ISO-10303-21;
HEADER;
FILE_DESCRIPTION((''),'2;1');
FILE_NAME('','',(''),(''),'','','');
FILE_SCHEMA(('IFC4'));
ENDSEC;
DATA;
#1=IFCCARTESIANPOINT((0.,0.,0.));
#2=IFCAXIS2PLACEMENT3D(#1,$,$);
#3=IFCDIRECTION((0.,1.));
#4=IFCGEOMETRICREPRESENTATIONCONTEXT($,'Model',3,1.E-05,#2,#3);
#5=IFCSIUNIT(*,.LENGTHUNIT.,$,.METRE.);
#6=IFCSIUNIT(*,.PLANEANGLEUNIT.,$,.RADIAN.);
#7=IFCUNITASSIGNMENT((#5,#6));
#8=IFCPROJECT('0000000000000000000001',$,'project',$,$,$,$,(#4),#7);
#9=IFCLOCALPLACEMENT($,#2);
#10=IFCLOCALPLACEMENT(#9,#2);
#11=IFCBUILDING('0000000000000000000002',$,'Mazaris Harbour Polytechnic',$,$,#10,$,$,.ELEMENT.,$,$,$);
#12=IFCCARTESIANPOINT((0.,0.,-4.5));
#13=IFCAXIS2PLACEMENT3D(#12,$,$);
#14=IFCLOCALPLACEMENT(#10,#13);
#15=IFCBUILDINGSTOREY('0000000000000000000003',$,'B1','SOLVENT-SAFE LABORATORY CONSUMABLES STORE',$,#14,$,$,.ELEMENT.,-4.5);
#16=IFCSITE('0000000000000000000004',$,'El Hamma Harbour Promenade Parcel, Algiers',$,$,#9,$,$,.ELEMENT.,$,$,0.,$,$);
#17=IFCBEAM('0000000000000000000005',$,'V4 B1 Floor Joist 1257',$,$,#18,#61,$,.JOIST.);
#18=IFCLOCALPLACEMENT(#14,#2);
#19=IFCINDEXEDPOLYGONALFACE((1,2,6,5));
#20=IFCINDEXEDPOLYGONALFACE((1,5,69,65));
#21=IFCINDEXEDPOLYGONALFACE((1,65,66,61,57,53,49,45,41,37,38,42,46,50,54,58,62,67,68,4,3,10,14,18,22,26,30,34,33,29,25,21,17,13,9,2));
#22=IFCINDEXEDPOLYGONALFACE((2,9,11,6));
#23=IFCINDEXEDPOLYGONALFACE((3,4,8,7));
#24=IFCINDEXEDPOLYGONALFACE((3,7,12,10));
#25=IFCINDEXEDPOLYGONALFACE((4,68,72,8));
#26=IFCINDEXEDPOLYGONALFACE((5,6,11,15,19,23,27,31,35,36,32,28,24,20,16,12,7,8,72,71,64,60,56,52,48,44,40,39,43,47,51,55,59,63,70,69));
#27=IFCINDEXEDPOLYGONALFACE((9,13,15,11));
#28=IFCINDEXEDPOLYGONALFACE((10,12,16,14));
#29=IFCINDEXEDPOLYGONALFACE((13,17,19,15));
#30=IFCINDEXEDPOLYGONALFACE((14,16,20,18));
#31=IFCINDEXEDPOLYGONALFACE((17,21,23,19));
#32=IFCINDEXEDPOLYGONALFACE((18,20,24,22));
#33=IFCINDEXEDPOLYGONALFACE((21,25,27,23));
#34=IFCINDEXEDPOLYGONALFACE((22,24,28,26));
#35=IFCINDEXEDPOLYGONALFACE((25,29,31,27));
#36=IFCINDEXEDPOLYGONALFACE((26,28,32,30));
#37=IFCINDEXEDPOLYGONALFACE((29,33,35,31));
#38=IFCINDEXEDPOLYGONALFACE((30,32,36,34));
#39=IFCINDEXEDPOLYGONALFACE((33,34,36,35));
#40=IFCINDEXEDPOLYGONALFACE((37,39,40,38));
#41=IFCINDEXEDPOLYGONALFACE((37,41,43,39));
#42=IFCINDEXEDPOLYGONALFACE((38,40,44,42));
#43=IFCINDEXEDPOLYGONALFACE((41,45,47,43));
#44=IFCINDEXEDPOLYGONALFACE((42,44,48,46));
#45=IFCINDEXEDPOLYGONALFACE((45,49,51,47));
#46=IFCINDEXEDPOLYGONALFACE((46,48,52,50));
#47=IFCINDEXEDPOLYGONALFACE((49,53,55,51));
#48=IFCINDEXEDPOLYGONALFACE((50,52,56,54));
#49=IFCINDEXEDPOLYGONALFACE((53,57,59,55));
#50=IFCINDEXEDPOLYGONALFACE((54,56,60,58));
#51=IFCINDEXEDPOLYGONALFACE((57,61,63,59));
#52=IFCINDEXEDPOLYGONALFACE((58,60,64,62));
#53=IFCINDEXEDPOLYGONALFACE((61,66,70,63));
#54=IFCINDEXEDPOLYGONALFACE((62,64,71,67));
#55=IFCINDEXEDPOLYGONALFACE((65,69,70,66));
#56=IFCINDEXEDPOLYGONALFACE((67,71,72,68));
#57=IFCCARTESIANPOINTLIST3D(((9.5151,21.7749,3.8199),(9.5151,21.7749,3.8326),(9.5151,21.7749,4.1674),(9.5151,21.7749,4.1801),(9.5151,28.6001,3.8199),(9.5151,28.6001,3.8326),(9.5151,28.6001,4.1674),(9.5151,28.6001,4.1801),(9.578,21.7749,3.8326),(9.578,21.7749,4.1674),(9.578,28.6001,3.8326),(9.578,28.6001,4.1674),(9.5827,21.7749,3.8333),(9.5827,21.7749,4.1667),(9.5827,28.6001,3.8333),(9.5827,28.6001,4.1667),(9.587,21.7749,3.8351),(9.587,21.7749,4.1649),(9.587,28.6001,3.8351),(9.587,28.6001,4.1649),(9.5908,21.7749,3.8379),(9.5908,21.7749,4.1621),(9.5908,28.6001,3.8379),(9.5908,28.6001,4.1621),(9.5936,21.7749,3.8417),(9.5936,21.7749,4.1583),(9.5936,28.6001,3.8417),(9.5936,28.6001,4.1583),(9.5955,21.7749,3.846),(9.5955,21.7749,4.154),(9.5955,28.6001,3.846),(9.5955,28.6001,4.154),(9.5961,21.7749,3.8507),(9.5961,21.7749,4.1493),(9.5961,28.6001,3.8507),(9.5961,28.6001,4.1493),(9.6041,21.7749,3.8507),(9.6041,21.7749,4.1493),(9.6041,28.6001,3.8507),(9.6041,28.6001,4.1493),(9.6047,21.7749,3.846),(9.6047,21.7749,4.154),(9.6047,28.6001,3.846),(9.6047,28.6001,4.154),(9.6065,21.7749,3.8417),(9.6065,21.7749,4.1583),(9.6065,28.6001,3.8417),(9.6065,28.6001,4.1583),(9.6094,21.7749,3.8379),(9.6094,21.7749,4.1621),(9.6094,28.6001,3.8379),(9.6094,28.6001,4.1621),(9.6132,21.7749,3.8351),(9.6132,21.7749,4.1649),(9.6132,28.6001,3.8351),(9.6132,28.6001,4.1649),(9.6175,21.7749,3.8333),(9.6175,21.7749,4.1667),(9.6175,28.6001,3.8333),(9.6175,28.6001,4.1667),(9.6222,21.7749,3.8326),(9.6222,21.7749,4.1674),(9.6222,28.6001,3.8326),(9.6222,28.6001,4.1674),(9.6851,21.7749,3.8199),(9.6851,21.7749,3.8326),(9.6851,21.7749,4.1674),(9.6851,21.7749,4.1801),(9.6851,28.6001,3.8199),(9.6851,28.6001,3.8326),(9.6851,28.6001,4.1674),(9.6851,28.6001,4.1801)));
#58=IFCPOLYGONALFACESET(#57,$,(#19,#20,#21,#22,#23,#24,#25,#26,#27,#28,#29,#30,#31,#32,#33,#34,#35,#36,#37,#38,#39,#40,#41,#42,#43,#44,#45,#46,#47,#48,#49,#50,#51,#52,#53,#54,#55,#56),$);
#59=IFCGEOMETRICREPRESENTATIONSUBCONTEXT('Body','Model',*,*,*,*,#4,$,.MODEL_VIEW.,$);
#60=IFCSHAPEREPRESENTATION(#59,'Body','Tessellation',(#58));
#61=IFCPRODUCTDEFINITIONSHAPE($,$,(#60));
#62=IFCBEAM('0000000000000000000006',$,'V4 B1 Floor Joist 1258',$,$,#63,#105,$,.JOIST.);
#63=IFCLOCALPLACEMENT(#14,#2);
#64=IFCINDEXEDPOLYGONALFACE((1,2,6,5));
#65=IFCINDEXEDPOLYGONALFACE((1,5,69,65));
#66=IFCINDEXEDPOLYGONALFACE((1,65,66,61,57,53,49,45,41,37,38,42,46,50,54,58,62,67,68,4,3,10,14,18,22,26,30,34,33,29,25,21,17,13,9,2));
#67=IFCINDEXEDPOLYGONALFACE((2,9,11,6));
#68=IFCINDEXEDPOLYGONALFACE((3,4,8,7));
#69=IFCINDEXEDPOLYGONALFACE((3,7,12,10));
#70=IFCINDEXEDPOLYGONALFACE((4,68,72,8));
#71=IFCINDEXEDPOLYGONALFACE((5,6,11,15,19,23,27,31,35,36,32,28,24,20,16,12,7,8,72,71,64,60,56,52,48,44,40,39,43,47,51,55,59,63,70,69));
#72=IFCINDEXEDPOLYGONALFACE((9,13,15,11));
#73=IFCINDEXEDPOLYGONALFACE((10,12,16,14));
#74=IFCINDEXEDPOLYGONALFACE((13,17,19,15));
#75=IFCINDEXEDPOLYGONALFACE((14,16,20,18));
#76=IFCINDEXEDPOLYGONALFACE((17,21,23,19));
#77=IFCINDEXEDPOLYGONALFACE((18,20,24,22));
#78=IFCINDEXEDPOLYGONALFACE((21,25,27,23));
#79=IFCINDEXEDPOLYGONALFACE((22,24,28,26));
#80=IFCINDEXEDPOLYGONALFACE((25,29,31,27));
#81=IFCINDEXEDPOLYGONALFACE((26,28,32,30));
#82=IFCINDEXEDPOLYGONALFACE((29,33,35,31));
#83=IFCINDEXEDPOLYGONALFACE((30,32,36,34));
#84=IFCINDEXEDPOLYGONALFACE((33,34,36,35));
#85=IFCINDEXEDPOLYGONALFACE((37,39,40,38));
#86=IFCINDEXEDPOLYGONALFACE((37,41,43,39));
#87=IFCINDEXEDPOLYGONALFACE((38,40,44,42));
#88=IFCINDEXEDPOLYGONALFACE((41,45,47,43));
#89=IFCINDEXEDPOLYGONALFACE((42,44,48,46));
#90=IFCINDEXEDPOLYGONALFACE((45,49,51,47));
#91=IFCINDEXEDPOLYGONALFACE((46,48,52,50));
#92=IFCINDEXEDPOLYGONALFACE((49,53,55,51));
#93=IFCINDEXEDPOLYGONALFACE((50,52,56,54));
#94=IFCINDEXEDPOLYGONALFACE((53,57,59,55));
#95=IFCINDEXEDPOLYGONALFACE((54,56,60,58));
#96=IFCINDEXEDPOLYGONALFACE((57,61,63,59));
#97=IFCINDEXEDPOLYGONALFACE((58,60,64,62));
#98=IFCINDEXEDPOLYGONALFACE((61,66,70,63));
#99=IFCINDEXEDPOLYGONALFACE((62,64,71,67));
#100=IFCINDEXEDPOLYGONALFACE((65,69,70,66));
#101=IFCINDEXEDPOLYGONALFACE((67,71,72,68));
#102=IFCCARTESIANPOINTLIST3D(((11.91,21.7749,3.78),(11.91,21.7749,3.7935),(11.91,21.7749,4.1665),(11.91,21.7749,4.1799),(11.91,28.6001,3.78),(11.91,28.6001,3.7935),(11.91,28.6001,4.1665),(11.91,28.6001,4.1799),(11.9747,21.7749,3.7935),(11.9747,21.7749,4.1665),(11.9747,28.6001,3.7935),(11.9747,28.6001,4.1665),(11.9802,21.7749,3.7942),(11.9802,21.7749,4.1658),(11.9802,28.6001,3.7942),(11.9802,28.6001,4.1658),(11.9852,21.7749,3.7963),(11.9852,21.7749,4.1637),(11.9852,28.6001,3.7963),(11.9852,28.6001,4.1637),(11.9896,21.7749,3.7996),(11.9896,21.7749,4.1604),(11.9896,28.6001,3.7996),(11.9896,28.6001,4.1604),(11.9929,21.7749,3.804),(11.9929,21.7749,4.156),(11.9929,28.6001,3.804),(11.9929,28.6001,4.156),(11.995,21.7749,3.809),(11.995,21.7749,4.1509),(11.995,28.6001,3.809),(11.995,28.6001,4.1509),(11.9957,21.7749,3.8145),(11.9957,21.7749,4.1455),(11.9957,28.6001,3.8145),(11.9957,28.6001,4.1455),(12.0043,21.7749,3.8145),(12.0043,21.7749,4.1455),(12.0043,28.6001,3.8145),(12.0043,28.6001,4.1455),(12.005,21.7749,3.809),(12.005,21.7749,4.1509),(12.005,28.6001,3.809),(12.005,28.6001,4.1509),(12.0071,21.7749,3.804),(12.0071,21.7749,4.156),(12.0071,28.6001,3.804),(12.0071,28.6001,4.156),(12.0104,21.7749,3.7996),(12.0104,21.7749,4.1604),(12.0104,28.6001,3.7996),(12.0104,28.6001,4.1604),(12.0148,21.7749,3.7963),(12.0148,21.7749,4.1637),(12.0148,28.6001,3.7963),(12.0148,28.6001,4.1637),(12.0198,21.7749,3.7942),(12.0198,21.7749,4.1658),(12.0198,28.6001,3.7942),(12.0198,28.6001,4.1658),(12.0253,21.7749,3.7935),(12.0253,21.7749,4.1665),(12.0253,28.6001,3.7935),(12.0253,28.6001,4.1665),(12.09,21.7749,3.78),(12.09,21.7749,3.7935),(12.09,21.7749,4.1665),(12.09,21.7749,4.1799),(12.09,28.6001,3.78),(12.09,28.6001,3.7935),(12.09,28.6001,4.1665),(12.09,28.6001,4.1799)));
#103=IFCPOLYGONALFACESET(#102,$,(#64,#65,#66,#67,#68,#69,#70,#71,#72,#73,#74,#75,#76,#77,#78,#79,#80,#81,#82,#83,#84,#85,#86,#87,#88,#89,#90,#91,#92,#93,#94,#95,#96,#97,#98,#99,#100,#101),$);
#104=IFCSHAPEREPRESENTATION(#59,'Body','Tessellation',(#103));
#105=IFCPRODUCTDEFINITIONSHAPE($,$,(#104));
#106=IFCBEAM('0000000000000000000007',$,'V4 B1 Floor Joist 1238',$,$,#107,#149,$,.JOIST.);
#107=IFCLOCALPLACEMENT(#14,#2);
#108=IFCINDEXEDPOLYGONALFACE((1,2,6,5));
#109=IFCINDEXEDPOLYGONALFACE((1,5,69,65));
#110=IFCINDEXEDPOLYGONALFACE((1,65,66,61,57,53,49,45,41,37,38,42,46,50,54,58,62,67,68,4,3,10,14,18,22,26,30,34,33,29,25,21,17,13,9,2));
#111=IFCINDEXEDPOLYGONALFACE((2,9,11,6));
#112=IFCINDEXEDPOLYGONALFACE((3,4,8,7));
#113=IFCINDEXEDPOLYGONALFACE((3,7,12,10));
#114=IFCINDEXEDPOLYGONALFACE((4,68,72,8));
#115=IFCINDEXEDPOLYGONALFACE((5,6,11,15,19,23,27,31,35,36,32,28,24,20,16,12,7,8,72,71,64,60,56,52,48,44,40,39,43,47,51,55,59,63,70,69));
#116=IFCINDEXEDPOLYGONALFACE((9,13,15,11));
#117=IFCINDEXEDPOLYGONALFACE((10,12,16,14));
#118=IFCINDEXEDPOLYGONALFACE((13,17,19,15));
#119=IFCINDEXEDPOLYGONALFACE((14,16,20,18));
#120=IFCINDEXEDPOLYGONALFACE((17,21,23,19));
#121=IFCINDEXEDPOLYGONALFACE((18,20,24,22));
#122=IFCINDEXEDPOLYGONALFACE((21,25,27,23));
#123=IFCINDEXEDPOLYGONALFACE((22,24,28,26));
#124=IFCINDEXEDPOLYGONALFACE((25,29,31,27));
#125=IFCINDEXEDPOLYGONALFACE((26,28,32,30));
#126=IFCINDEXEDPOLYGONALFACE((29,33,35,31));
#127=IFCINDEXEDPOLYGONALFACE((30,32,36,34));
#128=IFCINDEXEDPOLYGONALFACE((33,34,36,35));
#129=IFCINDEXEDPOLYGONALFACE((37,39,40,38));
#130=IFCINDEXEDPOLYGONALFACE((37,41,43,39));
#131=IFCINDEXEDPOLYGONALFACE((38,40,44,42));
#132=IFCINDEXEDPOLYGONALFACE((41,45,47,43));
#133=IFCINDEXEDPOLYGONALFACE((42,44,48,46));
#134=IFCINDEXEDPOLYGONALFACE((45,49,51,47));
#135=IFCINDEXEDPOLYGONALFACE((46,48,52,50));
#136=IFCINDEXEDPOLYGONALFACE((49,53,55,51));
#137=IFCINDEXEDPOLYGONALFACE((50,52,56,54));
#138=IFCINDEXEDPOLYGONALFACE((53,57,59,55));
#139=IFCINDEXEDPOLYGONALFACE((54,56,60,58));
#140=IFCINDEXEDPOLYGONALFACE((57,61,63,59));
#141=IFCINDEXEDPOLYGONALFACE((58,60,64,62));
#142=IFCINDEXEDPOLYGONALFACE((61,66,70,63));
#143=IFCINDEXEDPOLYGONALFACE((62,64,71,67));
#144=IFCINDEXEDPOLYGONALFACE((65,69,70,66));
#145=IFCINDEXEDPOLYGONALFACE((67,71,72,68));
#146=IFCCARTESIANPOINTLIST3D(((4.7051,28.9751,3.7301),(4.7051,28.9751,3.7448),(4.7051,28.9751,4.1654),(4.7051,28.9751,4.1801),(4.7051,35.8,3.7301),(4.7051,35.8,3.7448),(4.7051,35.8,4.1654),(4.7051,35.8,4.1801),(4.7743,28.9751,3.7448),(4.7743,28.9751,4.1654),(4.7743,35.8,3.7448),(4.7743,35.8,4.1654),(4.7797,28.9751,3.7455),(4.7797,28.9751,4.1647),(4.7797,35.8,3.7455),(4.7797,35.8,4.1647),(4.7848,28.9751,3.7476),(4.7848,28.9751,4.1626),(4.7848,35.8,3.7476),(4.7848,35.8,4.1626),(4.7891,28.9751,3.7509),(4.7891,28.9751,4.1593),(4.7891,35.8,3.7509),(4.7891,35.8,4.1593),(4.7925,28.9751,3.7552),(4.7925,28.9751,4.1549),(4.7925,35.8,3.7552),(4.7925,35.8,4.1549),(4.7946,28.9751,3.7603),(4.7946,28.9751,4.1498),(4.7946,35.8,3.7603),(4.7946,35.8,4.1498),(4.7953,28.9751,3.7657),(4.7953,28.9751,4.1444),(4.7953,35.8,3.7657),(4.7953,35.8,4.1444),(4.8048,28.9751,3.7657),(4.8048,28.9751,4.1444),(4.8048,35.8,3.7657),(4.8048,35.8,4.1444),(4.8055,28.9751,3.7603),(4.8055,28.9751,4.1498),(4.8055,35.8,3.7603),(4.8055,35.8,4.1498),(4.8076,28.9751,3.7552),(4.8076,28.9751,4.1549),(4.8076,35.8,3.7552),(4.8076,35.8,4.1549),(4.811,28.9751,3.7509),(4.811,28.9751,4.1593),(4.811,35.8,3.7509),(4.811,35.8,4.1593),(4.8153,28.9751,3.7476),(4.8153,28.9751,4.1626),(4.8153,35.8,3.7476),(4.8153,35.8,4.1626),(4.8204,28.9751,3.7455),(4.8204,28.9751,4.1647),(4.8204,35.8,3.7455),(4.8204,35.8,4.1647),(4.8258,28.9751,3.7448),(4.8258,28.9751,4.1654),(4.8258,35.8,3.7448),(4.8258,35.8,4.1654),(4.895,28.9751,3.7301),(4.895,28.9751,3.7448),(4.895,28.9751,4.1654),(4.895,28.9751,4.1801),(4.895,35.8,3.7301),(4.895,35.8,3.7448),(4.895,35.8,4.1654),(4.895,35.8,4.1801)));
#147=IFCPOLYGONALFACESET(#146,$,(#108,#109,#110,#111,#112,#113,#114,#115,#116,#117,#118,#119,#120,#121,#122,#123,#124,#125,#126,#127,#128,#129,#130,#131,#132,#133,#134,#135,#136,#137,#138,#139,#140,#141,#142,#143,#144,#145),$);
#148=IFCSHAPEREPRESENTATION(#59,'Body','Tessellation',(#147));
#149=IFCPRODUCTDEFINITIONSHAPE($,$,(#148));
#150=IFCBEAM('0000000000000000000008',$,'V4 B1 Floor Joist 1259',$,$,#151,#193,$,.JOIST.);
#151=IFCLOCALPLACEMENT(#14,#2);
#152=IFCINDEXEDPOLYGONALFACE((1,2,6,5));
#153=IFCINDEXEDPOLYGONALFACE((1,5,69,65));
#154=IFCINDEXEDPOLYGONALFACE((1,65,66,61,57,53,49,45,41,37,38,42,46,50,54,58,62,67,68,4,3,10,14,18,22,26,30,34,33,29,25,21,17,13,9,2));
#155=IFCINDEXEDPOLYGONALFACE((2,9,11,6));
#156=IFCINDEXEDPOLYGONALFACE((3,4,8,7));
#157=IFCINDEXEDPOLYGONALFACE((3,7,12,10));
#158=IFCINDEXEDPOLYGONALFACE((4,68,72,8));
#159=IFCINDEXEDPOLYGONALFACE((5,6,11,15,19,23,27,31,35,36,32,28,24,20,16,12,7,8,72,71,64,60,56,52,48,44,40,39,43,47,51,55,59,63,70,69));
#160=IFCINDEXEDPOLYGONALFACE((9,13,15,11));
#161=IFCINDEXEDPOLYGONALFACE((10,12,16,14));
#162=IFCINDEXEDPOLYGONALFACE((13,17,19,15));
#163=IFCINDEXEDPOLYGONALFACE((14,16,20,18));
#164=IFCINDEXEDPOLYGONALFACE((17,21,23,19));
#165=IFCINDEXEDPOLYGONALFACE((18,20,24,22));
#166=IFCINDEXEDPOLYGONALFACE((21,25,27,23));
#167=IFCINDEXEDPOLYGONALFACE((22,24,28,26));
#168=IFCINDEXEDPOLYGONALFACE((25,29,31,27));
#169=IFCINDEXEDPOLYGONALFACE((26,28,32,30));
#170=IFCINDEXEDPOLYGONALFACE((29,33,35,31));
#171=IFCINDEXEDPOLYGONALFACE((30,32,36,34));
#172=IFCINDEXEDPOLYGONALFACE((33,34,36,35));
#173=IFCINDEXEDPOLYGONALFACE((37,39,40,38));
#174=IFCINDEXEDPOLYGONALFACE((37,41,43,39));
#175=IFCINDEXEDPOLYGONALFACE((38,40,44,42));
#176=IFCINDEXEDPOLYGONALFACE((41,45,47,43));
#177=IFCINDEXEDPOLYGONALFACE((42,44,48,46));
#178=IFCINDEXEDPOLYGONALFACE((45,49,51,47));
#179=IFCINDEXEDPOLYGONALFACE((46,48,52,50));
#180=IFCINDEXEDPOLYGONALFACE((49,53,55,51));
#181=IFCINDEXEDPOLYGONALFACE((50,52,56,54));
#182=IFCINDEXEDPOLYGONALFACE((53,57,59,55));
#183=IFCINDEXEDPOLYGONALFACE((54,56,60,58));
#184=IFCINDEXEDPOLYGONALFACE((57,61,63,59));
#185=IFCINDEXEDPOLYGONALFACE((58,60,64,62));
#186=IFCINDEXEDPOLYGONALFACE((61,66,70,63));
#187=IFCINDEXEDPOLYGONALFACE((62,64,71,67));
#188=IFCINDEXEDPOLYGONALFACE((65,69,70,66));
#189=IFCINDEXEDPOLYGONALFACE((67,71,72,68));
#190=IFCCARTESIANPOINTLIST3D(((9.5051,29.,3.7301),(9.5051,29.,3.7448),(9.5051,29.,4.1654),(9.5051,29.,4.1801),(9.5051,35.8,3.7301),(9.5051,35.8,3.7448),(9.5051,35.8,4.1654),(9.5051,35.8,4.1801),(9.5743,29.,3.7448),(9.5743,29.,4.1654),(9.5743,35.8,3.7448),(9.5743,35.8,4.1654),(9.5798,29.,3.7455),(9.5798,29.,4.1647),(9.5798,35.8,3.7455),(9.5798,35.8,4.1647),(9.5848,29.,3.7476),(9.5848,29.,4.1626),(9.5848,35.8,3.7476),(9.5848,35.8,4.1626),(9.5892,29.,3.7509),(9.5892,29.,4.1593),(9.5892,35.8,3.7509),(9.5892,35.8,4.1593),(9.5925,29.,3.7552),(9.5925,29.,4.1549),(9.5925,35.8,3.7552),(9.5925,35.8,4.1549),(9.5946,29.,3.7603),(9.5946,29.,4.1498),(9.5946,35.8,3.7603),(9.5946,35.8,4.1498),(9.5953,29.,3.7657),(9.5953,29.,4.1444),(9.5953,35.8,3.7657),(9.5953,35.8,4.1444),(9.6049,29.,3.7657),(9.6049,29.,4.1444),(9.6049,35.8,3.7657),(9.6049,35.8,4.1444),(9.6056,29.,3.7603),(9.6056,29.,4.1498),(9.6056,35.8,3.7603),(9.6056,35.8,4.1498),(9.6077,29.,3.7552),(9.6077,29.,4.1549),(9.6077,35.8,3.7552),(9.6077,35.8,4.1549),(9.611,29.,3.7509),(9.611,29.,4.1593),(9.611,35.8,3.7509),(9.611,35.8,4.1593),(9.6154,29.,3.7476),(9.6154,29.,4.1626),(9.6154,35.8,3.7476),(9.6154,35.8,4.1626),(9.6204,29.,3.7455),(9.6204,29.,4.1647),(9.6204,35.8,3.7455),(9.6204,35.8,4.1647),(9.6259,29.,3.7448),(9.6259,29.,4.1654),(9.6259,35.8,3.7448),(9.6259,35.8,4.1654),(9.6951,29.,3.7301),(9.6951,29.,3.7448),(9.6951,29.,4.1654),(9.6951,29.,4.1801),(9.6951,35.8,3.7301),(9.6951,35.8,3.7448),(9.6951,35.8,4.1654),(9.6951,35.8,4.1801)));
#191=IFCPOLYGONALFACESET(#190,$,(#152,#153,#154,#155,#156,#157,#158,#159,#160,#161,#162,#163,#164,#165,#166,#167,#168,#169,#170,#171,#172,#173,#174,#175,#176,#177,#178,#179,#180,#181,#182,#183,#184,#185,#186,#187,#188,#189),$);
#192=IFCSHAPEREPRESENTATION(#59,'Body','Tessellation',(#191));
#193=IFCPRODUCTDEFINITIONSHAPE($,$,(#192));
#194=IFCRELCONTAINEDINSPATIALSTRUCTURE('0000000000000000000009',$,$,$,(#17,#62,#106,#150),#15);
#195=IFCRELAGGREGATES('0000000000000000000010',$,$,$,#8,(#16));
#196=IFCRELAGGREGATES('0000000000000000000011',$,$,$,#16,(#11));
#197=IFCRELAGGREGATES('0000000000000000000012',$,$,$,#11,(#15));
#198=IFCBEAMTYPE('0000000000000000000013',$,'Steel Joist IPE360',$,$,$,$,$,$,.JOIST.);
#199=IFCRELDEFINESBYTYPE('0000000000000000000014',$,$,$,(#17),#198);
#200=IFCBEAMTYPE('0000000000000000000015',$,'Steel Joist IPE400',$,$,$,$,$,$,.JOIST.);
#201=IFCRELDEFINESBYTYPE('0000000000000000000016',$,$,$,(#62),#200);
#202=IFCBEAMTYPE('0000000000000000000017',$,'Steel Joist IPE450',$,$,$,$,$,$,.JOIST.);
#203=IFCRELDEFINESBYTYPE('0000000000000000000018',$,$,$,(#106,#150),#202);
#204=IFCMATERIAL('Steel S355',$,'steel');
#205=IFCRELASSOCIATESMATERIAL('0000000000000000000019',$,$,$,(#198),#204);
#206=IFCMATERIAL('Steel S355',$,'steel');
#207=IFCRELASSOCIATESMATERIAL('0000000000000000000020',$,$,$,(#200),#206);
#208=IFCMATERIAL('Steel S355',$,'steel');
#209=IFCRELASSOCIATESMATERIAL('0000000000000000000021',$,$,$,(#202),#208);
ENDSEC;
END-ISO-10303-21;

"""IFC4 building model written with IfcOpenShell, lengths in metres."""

from ifc_helpers import new_model, si_unit, direction, frame, origin, origin_2d, place, context, subcontext, project, spatial, i_section, extrude, material, material_profile, profile_set, type_object, element, save


model = new_model("IFC4")

# Units and contexts
model_context = context("Model", 3, precision=1e-05, world=origin(), true_north=direction((0.0, 1.0)))
body_context = subcontext(model_context, "Body", "Model", "MODEL_VIEW")
ifc_project = project(units=[si_unit("LENGTHUNIT", "METRE"), si_unit("PLANEANGLEUNIT", "RADIAN")], contexts=[model_context])

# Site, building, storey
site_placement = place(None, origin())
site = spatial("IfcSite", under=ifc_project, at=site_placement, Name="El Hamma Harbour Promenade Parcel, Algiers", CompositionType="ELEMENT", RefElevation=0.0)
building_placement = place(site_placement, origin())
building = spatial("IfcBuilding", under=site, at=building_placement, Name="Mazaris Harbour Polytechnic", CompositionType="ELEMENT")
storey_placement = place(building_placement, frame((0.0, 0.0, -4.5)))
storey = spatial("IfcBuildingStorey", under=building, at=storey_placement, Name="B1", Description="SOLVENT-SAFE LABORATORY CONSUMABLES STORE", CompositionType="ELEMENT", Elevation=-4.5)

# Beams
ifc_material_1 = material(Name="Steel S355", Category="steel")
ifc_material_profile_1 = material_profile(ifc_material_1, i_section(OverallWidth=0.1699, OverallDepth=0.3601, WebThickness=0.0081, FlangeThickness=0.0127, FilletRadius=0.0181, at=origin_2d()), Name="IPE 360")
ifc_profile_set_1 = profile_set([ifc_material_profile_1], Name="Steel S355")
beam_type_1 = type_object("IfcBeamType", Name="Steel Joist IPE360", PredefinedType="JOIST", material=ifc_profile_set_1)
beam_1_placement = place(storey_placement, frame((9.6001, 21.7749, 4.0), z_axis=(0.0, 1.0, 0.0), x_axis=(-1.0, 0.0, 0.0)))
element("IfcBeam", 1, at=beam_1_placement, inside=storey, type_object=beam_type_1, Name="V4 B1 Floor Joist 1257", PredefinedType="JOIST", context=body_context, shape_type="SweptSolid", body=[
    extrude(i_section(OverallWidth=0.1699, OverallDepth=0.3601, WebThickness=0.0081, FlangeThickness=0.0127, FilletRadius=0.0181, at=origin_2d()), origin(), (0.0, 0.0, 1.0), 6.8252),
])
ifc_material_2 = material(Name="Steel S355", Category="steel")
ifc_material_profile_2 = material_profile(ifc_material_2, i_section(OverallWidth=0.1799, OverallDepth=0.3999, WebThickness=0.0085, FlangeThickness=0.0134, FilletRadius=0.021, at=origin_2d()), Name="IPE 400")
ifc_profile_set_2 = profile_set([ifc_material_profile_2], Name="Steel S355")
beam_type_2 = type_object("IfcBeamType", Name="Steel Joist IPE400", PredefinedType="JOIST", material=ifc_profile_set_2)
beam_2_placement = place(storey_placement, frame((12.0, 21.7749, 3.98), z_axis=(0.0, 1.0, 0.0), x_axis=(-1.0, 0.0, 0.0)))
element("IfcBeam", 2, at=beam_2_placement, inside=storey, type_object=beam_type_2, Name="V4 B1 Floor Joist 1258", PredefinedType="JOIST", context=body_context, shape_type="SweptSolid", body=[
    extrude(i_section(OverallWidth=0.1799, OverallDepth=0.3999, WebThickness=0.0085, FlangeThickness=0.0134, FilletRadius=0.021, at=origin_2d()), origin(), (0.0, 0.0, 1.0), 6.8252),
])
ifc_material_3 = material(Name="Steel S355", Category="steel")
ifc_material_profile_3 = material_profile(ifc_material_3, i_section(OverallWidth=0.1899, OverallDepth=0.45, WebThickness=0.0095, FlangeThickness=0.0146, FilletRadius=0.021, at=origin_2d()), Name="IPE 450")
ifc_profile_set_3 = profile_set([ifc_material_profile_3], Name="Steel S355")
beam_type_3 = type_object("IfcBeamType", Name="Steel Joist IPE450", PredefinedType="JOIST", material=ifc_profile_set_3)
beam_3_placement = place(storey_placement, frame((4.8, 28.9751, 3.9551), z_axis=(0.0, 1.0, 0.0), x_axis=(-1.0, 0.0, 0.0)))
element("IfcBeam", 3, at=beam_3_placement, inside=storey, type_object=beam_type_3, Name="V4 B1 Floor Joist 1238", PredefinedType="JOIST", context=body_context, shape_type="SweptSolid", body=[
    extrude(i_section(OverallWidth=0.1899, OverallDepth=0.45, WebThickness=0.0095, FlangeThickness=0.0146, FilletRadius=0.021, at=origin_2d()), origin(), (0.0, 0.0, 1.0), 6.825),
])
beam_4_placement = place(storey_placement, frame((9.6001, 29.0, 3.9551), z_axis=(0.0, 1.0, 0.0), x_axis=(-1.0, 0.0, 0.0)))
element("IfcBeam", 4, at=beam_4_placement, inside=storey, type_object=beam_type_3, Name="V4 B1 Floor Joist 1259", PredefinedType="JOIST", context=body_context, shape_type="SweptSolid", body=[
    extrude(i_section(OverallWidth=0.1899, OverallDepth=0.45, WebThickness=0.0095, FlangeThickness=0.0146, FilletRadius=0.021, at=origin_2d()), origin(), (0.0, 0.0, 1.0), 6.8),
])

save(model, "model.ifc")
